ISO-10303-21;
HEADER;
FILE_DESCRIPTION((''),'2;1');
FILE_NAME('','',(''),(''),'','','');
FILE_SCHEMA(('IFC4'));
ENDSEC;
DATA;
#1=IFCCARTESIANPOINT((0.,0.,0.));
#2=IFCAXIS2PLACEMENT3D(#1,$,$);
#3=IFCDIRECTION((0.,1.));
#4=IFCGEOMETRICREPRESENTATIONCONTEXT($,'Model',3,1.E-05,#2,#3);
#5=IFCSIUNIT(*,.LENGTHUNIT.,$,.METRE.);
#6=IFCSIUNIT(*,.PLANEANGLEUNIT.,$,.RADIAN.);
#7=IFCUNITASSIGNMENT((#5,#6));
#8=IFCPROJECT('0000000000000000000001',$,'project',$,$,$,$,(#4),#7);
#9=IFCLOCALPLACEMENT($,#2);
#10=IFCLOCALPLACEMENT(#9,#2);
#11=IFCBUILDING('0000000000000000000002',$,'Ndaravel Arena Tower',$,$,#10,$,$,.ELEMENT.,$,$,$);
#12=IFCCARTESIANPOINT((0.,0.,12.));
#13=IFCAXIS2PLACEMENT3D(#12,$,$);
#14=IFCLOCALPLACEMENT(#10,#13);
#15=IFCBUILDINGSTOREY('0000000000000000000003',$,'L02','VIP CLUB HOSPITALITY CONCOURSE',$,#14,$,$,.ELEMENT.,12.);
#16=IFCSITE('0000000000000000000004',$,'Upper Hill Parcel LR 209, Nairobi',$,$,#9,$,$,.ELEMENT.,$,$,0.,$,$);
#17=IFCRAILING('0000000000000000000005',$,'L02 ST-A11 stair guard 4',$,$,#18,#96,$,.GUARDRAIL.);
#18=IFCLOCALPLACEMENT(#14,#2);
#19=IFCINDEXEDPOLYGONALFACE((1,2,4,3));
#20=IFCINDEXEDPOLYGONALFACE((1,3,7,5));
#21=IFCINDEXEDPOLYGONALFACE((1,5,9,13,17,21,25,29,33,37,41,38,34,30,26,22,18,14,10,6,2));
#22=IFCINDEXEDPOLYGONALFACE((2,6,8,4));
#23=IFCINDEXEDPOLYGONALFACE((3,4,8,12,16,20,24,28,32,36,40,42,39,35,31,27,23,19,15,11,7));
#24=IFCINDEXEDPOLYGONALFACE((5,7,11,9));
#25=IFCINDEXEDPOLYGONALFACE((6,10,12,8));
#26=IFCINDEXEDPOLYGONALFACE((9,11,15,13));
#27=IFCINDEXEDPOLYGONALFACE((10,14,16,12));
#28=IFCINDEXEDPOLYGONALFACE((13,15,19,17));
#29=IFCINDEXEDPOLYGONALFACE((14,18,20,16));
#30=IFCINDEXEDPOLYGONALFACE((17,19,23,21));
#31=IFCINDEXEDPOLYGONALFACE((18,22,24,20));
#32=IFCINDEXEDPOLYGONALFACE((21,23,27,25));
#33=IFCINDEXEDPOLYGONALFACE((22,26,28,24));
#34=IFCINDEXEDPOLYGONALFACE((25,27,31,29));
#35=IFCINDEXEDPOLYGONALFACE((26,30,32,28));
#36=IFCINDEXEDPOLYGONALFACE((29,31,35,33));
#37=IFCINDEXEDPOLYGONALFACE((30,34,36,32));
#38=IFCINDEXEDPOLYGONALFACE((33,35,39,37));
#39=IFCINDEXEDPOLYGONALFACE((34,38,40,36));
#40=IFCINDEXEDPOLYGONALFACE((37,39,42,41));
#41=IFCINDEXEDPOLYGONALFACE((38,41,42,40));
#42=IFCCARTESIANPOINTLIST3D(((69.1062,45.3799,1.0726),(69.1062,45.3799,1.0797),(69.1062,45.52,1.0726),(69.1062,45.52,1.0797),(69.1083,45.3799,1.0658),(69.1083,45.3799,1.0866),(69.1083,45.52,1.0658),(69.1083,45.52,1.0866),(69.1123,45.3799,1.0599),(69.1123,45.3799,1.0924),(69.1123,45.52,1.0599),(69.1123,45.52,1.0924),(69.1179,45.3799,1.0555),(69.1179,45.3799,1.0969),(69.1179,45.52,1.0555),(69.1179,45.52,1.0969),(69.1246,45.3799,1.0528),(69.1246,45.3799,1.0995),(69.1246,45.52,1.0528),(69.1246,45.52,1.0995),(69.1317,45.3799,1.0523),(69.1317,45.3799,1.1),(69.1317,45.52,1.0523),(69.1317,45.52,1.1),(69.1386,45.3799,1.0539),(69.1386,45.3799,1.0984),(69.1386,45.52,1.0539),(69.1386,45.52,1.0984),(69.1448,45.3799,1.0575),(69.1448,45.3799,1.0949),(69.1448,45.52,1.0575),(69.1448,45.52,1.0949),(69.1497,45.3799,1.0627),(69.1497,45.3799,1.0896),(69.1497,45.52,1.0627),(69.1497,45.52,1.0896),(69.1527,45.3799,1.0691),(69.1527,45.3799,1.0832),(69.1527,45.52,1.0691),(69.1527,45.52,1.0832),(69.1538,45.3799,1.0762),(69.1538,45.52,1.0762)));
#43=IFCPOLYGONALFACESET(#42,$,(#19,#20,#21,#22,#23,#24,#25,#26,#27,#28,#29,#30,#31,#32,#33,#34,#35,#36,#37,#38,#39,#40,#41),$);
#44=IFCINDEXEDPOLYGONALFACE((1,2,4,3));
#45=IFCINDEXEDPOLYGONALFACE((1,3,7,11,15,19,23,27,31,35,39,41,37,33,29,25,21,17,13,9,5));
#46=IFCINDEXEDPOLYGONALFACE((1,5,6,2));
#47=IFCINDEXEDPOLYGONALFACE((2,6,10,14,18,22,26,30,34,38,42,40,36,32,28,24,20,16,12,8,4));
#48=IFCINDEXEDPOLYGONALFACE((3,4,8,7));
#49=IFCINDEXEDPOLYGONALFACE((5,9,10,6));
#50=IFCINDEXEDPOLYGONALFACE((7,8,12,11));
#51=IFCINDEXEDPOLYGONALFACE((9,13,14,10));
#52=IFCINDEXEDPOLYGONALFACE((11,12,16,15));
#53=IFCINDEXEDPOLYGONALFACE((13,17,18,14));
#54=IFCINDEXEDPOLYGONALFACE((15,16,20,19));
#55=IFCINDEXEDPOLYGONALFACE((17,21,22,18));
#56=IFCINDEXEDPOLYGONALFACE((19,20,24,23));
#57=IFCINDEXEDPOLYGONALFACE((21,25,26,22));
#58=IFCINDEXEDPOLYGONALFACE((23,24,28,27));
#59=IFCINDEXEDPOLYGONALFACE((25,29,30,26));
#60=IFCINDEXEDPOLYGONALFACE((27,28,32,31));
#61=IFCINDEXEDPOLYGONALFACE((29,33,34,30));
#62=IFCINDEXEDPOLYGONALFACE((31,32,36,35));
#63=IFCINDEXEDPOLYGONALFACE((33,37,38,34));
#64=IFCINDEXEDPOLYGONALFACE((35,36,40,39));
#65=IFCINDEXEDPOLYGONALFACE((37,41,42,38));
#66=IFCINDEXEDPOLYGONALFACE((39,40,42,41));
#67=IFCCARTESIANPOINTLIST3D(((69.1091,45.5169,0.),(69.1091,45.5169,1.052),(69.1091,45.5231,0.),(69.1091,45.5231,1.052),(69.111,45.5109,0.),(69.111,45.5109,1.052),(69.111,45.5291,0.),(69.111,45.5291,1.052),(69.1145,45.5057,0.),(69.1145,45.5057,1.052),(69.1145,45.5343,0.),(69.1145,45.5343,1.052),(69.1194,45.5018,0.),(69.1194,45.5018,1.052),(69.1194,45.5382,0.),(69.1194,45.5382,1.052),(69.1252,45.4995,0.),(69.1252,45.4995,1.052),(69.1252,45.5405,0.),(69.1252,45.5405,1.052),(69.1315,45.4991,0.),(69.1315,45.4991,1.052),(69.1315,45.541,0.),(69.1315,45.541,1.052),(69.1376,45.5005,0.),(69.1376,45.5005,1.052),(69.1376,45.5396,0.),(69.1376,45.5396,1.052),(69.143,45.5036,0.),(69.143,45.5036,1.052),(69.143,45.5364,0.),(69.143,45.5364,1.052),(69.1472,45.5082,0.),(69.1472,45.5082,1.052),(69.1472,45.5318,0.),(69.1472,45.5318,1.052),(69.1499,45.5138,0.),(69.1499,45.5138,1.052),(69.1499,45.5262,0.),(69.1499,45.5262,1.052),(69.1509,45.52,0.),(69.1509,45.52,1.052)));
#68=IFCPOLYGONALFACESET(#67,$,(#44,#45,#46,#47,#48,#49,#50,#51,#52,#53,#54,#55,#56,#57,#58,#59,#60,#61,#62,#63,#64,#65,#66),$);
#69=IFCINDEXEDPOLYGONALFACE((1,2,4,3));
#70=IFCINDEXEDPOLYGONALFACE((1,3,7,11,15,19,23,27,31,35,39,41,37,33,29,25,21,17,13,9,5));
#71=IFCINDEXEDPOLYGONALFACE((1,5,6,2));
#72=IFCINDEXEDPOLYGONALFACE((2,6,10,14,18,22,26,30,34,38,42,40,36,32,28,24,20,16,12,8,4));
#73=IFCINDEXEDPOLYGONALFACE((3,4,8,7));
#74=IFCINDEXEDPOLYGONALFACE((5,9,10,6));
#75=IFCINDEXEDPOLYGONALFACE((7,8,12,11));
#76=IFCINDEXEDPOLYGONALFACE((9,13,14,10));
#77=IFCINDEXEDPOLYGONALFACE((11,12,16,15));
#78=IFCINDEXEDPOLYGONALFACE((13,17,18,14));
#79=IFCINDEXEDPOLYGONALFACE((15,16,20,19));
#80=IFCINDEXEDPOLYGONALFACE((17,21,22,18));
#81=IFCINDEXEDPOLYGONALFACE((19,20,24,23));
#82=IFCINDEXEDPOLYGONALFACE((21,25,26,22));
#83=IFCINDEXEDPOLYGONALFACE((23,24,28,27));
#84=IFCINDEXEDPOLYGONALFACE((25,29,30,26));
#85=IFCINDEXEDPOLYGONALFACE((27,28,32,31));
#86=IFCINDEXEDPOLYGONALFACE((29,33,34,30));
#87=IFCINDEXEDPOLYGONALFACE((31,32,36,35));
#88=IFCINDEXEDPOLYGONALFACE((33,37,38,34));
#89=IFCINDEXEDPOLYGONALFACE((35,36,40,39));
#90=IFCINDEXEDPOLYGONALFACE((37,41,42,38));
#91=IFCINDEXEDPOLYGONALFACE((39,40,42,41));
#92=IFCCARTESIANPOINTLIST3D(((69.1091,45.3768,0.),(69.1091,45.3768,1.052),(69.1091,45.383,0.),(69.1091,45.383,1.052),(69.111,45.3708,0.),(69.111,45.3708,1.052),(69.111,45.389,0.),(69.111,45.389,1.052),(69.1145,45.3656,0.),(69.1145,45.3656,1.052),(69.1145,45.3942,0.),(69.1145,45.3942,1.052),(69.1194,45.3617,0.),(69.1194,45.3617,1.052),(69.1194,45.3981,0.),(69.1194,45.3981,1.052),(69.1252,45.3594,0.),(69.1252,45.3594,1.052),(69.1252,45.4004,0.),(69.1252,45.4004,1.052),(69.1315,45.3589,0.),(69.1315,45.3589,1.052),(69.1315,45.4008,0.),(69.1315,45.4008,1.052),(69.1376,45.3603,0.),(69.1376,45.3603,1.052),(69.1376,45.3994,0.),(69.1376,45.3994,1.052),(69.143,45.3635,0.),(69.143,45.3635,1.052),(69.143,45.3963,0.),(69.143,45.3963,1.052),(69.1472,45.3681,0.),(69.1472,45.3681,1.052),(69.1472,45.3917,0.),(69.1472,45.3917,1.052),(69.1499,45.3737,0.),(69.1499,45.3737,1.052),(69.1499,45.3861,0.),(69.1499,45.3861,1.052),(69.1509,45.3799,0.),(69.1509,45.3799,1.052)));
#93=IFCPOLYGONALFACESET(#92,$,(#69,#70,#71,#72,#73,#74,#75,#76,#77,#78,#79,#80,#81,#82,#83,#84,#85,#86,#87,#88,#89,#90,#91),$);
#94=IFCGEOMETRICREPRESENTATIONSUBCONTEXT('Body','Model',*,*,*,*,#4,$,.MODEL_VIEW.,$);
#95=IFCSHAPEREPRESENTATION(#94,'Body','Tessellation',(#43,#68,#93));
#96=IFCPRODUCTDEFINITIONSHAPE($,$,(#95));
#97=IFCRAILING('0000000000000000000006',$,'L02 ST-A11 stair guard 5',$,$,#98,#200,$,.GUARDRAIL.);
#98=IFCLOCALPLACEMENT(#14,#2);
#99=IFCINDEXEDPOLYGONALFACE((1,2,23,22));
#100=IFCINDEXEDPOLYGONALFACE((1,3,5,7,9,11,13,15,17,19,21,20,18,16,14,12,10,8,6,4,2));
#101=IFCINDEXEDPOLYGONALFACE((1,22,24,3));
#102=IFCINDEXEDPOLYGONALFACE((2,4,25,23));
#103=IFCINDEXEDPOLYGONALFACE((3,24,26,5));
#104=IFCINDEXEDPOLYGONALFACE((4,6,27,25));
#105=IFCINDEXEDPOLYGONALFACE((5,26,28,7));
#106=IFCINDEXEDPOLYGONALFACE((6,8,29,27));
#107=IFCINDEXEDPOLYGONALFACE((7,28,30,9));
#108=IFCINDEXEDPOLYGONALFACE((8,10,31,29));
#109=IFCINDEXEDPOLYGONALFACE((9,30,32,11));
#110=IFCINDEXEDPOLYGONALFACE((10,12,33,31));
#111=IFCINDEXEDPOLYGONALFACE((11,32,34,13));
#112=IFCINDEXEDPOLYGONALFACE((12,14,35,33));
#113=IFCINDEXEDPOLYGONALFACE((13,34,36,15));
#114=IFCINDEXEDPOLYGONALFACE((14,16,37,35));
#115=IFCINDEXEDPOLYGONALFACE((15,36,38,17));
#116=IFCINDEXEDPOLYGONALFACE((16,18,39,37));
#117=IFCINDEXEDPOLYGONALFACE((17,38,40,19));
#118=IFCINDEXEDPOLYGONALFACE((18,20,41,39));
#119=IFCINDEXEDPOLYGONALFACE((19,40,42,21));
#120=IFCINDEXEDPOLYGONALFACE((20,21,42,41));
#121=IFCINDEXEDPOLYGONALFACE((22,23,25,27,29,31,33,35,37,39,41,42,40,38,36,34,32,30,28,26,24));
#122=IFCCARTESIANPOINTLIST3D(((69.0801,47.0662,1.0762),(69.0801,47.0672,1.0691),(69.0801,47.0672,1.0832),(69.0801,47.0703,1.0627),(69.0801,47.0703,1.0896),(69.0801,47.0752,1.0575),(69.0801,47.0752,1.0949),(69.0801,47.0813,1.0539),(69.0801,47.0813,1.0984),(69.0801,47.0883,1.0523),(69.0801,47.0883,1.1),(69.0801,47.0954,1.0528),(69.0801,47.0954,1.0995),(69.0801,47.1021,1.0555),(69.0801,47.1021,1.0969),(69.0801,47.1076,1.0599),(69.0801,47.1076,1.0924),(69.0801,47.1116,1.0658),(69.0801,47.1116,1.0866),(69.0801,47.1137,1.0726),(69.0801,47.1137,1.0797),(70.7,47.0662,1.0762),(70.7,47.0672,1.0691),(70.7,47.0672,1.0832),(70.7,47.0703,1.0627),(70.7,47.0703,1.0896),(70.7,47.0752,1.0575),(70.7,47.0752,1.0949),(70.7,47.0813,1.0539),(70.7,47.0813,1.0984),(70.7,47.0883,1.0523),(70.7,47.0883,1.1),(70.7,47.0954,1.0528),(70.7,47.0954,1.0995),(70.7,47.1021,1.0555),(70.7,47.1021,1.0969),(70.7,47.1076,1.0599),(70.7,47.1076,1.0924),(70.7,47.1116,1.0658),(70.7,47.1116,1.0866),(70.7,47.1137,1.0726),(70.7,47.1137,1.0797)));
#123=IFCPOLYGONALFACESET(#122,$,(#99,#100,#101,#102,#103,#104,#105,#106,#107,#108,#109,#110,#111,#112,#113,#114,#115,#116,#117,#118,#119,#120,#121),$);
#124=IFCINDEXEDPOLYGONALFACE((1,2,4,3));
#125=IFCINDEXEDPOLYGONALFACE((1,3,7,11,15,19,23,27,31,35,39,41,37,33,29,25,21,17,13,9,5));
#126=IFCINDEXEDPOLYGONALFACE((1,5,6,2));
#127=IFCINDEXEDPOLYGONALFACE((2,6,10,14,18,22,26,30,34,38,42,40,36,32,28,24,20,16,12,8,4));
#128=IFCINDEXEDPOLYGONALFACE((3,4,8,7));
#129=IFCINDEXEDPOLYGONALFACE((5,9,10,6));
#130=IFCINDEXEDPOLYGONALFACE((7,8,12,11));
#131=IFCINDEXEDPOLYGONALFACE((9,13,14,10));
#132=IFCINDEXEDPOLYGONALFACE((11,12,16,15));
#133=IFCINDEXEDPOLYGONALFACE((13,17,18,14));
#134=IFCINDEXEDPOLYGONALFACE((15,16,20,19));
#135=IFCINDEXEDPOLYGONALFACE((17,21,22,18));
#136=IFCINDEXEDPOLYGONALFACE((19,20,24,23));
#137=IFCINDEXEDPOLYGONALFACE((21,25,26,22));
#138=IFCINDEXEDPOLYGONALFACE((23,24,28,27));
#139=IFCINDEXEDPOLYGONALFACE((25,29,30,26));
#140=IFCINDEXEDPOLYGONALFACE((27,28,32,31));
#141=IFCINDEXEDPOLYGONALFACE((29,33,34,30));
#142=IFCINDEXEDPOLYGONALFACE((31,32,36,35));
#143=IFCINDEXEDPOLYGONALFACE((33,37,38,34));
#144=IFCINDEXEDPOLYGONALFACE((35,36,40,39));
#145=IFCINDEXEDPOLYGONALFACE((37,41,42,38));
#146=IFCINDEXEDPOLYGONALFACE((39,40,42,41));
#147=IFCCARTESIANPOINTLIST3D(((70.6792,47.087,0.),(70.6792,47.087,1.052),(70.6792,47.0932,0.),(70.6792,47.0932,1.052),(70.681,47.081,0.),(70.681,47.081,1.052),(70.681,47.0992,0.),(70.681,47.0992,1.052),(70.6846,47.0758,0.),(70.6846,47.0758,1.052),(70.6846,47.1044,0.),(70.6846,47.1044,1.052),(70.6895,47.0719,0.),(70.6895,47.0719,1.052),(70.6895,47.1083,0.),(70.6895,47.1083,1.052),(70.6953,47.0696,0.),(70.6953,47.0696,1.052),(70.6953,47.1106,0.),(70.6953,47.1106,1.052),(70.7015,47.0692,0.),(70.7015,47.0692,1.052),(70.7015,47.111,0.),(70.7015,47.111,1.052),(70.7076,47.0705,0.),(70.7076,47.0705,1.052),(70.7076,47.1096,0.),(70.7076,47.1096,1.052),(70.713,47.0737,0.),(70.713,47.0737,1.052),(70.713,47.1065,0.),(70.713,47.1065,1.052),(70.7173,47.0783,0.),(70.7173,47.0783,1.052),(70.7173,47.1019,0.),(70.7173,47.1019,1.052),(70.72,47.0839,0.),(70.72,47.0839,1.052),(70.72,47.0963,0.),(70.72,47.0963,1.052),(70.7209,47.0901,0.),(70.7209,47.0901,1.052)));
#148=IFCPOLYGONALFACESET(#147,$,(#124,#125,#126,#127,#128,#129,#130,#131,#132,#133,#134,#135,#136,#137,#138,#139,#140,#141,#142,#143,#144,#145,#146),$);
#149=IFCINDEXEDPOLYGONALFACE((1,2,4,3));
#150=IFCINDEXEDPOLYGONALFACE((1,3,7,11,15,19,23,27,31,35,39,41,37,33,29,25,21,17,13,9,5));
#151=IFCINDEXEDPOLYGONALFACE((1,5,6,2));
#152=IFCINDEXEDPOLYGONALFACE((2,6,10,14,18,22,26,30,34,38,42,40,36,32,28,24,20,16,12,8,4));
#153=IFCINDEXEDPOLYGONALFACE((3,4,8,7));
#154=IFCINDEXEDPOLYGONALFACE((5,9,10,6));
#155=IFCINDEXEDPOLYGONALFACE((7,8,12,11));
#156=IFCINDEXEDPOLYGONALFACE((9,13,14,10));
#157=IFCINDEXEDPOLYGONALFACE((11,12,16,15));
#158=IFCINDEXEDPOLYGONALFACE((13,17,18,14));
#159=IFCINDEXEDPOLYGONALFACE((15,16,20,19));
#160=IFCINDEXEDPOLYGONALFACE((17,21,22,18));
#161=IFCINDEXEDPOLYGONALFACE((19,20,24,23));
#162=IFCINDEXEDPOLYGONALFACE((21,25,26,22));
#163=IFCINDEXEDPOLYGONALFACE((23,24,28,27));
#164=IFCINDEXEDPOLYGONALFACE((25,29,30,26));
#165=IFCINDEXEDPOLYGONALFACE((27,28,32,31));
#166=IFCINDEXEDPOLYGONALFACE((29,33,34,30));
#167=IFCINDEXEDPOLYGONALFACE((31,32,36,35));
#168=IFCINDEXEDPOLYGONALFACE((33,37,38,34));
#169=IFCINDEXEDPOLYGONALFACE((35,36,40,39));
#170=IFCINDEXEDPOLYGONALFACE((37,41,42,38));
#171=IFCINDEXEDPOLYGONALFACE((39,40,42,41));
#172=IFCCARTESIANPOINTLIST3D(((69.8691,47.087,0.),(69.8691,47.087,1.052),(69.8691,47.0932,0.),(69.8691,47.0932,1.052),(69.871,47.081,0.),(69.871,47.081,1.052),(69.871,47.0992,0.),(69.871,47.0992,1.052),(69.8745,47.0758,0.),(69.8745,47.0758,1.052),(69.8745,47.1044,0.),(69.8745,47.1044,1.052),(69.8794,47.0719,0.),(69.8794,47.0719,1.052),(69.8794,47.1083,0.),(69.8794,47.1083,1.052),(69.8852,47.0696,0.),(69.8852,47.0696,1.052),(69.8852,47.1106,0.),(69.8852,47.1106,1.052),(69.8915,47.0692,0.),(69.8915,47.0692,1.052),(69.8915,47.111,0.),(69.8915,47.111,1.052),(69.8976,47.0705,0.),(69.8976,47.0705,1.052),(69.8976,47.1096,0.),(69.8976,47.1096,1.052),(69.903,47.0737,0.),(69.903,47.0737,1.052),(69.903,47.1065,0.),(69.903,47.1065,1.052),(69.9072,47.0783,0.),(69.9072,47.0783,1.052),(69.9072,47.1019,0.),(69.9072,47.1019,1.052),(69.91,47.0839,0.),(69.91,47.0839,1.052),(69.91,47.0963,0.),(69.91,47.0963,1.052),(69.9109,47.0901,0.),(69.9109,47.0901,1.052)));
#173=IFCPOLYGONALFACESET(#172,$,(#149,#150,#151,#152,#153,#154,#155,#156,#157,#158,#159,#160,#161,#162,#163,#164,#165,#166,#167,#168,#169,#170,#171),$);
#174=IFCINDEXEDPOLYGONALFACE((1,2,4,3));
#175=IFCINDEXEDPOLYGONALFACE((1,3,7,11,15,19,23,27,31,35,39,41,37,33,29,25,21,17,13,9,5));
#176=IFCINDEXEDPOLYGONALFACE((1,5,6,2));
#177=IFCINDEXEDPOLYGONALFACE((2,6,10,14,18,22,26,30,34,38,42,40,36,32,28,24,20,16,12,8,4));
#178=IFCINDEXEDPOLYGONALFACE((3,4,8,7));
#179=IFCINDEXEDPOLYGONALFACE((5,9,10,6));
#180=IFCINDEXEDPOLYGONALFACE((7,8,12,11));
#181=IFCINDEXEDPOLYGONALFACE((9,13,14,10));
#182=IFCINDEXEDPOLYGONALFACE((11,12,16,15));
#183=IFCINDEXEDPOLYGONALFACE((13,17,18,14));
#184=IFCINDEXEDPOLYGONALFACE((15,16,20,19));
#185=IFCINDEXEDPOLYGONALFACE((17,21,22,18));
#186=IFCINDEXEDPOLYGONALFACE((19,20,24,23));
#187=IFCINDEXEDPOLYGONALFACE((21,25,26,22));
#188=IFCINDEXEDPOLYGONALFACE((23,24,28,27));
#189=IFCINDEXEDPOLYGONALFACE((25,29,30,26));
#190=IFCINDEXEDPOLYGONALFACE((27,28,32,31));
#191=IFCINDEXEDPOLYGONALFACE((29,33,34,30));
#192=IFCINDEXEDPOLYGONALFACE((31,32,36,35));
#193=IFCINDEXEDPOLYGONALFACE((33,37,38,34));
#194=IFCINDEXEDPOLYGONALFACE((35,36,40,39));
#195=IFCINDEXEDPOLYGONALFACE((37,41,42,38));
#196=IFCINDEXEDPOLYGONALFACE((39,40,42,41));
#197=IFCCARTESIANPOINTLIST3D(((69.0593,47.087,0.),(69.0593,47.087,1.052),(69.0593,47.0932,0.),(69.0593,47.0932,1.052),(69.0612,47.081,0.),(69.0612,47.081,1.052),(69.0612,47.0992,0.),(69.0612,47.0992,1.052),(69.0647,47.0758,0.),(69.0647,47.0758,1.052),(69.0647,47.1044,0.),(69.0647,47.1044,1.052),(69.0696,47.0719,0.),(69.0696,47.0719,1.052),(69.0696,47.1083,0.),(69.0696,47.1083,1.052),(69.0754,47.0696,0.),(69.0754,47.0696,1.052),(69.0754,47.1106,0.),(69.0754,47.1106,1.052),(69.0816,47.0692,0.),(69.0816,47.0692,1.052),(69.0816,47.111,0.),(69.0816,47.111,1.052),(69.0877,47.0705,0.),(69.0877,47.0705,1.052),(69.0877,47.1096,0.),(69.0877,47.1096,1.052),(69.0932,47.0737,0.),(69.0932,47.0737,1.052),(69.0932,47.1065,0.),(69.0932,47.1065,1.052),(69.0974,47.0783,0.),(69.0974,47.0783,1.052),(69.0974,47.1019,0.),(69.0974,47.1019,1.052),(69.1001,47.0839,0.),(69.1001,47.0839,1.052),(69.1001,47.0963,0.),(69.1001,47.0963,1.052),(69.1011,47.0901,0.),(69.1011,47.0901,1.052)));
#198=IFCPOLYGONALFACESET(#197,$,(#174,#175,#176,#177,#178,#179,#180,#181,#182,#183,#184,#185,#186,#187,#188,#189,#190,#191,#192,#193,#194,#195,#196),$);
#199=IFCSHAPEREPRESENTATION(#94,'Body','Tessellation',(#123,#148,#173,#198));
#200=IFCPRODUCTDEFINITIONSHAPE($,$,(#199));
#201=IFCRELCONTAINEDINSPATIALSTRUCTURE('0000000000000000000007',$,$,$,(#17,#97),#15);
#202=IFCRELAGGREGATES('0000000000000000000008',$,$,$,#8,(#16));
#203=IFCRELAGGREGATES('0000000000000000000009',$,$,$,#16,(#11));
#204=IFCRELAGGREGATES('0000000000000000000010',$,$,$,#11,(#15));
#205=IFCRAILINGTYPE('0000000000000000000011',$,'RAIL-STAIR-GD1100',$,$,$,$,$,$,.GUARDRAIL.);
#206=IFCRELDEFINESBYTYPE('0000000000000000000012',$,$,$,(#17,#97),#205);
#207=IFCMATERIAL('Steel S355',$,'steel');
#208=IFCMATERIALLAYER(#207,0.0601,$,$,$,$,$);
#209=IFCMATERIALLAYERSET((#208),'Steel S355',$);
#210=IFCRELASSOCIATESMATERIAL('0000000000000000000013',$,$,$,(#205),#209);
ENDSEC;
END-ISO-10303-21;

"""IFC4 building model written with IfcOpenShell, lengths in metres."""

from ifc_helpers import new_model, si_unit, direction, frame, origin, origin_2d, place, context, subcontext, project, spatial, circle, extrude, material, layer, layer_set, type_object, element, save


model = new_model("IFC4")

# Units and contexts
model_context = context("Model", 3, precision=1e-05, world=origin(), true_north=direction((0.0, 1.0)))
body_context = subcontext(model_context, "Body", "Model", "MODEL_VIEW")
ifc_project = project(units=[si_unit("LENGTHUNIT", "METRE"), si_unit("PLANEANGLEUNIT", "RADIAN")], contexts=[model_context])

# Site, building, storey
site_placement = place(None, origin())
site = spatial("IfcSite", under=ifc_project, at=site_placement, Name="Upper Hill Parcel LR 209, Nairobi", CompositionType="ELEMENT", RefElevation=0.0)
building_placement = place(site_placement, origin())
building = spatial("IfcBuilding", under=site, at=building_placement, Name="Ndaravel Arena Tower", CompositionType="ELEMENT")
storey_placement = place(building_placement, frame((0.0, 0.0, 12.0)))
storey = spatial("IfcBuildingStorey", under=building, at=storey_placement, Name="L02", Description="VIP CLUB HOSPITALITY CONCOURSE", CompositionType="ELEMENT", Elevation=12.0)

# Railings
ifc_material_1 = material(Name="Steel S355", Category="steel")
ifc_layer_1 = layer(ifc_material_1, 0.0601)
ifc_layer_set_1 = layer_set([ifc_layer_1], Name="Steel S355")
railing_type_1 = type_object("IfcRailingType", Name="RAIL-STAIR-GD1100", PredefinedType="GUARDRAIL", material=ifc_layer_set_1)
railing_1_placement = place(storey_placement, frame((69.1299, 45.52, 0.0)))
element("IfcRailing", 1, at=railing_1_placement, inside=storey, type_object=railing_type_1, Name="L02 ST-A11 stair guard 4", PredefinedType="GUARDRAIL", context=body_context, shape_type="SweptSolid", body=[
    extrude(circle(Radius=0.0239, at=origin_2d()), frame((0.0, 0.0, 1.0762), z_axis=(0.0, -1.0, 0.0), x_axis=(1.0, 0.0, 0.0)), (0.0, 0.0, 1.0), 0.1401),
    extrude(circle(Radius=0.021, at=origin_2d()), origin(), (0.0, 0.0, 1.0), 1.052),
    extrude(circle(Radius=0.021, at=origin_2d()), frame((0.0, -0.1401, 0.0)), (0.0, 0.0, 1.0), 1.052),
])
for number, where, name in (
    (2, (70.7, 47.0901, 0.0), "L02 ST-A11 stair guard 5"),
):
    element("IfcRailing", number, at=place(storey_placement, frame(where)), inside=storey, type_object=railing_type_1, Name=name, PredefinedType="GUARDRAIL", context=body_context, shape_type="SweptSolid", body=[
        extrude(circle(Radius=0.0239, at=origin_2d()), frame((0.0, 0.0, 1.0762), z_axis=(-1.0, 0.0, 0.0), x_axis=(0.0, -1.0, 0.0)), (0.0, 0.0, 1.0), 1.6199),
        extrude(circle(Radius=0.021, at=origin_2d()), origin(), (0.0, 0.0, 1.0), 1.052),
        extrude(circle(Radius=0.021, at=origin_2d()), frame((-0.8101, 0.0, 0.0)), (0.0, 0.0, 1.0), 1.052),
        extrude(circle(Radius=0.021, at=origin_2d()), frame((-1.6199, 0.0, 0.0)), (0.0, 0.0, 1.0), 1.052),
    ])

save(model, "model.ifc")
